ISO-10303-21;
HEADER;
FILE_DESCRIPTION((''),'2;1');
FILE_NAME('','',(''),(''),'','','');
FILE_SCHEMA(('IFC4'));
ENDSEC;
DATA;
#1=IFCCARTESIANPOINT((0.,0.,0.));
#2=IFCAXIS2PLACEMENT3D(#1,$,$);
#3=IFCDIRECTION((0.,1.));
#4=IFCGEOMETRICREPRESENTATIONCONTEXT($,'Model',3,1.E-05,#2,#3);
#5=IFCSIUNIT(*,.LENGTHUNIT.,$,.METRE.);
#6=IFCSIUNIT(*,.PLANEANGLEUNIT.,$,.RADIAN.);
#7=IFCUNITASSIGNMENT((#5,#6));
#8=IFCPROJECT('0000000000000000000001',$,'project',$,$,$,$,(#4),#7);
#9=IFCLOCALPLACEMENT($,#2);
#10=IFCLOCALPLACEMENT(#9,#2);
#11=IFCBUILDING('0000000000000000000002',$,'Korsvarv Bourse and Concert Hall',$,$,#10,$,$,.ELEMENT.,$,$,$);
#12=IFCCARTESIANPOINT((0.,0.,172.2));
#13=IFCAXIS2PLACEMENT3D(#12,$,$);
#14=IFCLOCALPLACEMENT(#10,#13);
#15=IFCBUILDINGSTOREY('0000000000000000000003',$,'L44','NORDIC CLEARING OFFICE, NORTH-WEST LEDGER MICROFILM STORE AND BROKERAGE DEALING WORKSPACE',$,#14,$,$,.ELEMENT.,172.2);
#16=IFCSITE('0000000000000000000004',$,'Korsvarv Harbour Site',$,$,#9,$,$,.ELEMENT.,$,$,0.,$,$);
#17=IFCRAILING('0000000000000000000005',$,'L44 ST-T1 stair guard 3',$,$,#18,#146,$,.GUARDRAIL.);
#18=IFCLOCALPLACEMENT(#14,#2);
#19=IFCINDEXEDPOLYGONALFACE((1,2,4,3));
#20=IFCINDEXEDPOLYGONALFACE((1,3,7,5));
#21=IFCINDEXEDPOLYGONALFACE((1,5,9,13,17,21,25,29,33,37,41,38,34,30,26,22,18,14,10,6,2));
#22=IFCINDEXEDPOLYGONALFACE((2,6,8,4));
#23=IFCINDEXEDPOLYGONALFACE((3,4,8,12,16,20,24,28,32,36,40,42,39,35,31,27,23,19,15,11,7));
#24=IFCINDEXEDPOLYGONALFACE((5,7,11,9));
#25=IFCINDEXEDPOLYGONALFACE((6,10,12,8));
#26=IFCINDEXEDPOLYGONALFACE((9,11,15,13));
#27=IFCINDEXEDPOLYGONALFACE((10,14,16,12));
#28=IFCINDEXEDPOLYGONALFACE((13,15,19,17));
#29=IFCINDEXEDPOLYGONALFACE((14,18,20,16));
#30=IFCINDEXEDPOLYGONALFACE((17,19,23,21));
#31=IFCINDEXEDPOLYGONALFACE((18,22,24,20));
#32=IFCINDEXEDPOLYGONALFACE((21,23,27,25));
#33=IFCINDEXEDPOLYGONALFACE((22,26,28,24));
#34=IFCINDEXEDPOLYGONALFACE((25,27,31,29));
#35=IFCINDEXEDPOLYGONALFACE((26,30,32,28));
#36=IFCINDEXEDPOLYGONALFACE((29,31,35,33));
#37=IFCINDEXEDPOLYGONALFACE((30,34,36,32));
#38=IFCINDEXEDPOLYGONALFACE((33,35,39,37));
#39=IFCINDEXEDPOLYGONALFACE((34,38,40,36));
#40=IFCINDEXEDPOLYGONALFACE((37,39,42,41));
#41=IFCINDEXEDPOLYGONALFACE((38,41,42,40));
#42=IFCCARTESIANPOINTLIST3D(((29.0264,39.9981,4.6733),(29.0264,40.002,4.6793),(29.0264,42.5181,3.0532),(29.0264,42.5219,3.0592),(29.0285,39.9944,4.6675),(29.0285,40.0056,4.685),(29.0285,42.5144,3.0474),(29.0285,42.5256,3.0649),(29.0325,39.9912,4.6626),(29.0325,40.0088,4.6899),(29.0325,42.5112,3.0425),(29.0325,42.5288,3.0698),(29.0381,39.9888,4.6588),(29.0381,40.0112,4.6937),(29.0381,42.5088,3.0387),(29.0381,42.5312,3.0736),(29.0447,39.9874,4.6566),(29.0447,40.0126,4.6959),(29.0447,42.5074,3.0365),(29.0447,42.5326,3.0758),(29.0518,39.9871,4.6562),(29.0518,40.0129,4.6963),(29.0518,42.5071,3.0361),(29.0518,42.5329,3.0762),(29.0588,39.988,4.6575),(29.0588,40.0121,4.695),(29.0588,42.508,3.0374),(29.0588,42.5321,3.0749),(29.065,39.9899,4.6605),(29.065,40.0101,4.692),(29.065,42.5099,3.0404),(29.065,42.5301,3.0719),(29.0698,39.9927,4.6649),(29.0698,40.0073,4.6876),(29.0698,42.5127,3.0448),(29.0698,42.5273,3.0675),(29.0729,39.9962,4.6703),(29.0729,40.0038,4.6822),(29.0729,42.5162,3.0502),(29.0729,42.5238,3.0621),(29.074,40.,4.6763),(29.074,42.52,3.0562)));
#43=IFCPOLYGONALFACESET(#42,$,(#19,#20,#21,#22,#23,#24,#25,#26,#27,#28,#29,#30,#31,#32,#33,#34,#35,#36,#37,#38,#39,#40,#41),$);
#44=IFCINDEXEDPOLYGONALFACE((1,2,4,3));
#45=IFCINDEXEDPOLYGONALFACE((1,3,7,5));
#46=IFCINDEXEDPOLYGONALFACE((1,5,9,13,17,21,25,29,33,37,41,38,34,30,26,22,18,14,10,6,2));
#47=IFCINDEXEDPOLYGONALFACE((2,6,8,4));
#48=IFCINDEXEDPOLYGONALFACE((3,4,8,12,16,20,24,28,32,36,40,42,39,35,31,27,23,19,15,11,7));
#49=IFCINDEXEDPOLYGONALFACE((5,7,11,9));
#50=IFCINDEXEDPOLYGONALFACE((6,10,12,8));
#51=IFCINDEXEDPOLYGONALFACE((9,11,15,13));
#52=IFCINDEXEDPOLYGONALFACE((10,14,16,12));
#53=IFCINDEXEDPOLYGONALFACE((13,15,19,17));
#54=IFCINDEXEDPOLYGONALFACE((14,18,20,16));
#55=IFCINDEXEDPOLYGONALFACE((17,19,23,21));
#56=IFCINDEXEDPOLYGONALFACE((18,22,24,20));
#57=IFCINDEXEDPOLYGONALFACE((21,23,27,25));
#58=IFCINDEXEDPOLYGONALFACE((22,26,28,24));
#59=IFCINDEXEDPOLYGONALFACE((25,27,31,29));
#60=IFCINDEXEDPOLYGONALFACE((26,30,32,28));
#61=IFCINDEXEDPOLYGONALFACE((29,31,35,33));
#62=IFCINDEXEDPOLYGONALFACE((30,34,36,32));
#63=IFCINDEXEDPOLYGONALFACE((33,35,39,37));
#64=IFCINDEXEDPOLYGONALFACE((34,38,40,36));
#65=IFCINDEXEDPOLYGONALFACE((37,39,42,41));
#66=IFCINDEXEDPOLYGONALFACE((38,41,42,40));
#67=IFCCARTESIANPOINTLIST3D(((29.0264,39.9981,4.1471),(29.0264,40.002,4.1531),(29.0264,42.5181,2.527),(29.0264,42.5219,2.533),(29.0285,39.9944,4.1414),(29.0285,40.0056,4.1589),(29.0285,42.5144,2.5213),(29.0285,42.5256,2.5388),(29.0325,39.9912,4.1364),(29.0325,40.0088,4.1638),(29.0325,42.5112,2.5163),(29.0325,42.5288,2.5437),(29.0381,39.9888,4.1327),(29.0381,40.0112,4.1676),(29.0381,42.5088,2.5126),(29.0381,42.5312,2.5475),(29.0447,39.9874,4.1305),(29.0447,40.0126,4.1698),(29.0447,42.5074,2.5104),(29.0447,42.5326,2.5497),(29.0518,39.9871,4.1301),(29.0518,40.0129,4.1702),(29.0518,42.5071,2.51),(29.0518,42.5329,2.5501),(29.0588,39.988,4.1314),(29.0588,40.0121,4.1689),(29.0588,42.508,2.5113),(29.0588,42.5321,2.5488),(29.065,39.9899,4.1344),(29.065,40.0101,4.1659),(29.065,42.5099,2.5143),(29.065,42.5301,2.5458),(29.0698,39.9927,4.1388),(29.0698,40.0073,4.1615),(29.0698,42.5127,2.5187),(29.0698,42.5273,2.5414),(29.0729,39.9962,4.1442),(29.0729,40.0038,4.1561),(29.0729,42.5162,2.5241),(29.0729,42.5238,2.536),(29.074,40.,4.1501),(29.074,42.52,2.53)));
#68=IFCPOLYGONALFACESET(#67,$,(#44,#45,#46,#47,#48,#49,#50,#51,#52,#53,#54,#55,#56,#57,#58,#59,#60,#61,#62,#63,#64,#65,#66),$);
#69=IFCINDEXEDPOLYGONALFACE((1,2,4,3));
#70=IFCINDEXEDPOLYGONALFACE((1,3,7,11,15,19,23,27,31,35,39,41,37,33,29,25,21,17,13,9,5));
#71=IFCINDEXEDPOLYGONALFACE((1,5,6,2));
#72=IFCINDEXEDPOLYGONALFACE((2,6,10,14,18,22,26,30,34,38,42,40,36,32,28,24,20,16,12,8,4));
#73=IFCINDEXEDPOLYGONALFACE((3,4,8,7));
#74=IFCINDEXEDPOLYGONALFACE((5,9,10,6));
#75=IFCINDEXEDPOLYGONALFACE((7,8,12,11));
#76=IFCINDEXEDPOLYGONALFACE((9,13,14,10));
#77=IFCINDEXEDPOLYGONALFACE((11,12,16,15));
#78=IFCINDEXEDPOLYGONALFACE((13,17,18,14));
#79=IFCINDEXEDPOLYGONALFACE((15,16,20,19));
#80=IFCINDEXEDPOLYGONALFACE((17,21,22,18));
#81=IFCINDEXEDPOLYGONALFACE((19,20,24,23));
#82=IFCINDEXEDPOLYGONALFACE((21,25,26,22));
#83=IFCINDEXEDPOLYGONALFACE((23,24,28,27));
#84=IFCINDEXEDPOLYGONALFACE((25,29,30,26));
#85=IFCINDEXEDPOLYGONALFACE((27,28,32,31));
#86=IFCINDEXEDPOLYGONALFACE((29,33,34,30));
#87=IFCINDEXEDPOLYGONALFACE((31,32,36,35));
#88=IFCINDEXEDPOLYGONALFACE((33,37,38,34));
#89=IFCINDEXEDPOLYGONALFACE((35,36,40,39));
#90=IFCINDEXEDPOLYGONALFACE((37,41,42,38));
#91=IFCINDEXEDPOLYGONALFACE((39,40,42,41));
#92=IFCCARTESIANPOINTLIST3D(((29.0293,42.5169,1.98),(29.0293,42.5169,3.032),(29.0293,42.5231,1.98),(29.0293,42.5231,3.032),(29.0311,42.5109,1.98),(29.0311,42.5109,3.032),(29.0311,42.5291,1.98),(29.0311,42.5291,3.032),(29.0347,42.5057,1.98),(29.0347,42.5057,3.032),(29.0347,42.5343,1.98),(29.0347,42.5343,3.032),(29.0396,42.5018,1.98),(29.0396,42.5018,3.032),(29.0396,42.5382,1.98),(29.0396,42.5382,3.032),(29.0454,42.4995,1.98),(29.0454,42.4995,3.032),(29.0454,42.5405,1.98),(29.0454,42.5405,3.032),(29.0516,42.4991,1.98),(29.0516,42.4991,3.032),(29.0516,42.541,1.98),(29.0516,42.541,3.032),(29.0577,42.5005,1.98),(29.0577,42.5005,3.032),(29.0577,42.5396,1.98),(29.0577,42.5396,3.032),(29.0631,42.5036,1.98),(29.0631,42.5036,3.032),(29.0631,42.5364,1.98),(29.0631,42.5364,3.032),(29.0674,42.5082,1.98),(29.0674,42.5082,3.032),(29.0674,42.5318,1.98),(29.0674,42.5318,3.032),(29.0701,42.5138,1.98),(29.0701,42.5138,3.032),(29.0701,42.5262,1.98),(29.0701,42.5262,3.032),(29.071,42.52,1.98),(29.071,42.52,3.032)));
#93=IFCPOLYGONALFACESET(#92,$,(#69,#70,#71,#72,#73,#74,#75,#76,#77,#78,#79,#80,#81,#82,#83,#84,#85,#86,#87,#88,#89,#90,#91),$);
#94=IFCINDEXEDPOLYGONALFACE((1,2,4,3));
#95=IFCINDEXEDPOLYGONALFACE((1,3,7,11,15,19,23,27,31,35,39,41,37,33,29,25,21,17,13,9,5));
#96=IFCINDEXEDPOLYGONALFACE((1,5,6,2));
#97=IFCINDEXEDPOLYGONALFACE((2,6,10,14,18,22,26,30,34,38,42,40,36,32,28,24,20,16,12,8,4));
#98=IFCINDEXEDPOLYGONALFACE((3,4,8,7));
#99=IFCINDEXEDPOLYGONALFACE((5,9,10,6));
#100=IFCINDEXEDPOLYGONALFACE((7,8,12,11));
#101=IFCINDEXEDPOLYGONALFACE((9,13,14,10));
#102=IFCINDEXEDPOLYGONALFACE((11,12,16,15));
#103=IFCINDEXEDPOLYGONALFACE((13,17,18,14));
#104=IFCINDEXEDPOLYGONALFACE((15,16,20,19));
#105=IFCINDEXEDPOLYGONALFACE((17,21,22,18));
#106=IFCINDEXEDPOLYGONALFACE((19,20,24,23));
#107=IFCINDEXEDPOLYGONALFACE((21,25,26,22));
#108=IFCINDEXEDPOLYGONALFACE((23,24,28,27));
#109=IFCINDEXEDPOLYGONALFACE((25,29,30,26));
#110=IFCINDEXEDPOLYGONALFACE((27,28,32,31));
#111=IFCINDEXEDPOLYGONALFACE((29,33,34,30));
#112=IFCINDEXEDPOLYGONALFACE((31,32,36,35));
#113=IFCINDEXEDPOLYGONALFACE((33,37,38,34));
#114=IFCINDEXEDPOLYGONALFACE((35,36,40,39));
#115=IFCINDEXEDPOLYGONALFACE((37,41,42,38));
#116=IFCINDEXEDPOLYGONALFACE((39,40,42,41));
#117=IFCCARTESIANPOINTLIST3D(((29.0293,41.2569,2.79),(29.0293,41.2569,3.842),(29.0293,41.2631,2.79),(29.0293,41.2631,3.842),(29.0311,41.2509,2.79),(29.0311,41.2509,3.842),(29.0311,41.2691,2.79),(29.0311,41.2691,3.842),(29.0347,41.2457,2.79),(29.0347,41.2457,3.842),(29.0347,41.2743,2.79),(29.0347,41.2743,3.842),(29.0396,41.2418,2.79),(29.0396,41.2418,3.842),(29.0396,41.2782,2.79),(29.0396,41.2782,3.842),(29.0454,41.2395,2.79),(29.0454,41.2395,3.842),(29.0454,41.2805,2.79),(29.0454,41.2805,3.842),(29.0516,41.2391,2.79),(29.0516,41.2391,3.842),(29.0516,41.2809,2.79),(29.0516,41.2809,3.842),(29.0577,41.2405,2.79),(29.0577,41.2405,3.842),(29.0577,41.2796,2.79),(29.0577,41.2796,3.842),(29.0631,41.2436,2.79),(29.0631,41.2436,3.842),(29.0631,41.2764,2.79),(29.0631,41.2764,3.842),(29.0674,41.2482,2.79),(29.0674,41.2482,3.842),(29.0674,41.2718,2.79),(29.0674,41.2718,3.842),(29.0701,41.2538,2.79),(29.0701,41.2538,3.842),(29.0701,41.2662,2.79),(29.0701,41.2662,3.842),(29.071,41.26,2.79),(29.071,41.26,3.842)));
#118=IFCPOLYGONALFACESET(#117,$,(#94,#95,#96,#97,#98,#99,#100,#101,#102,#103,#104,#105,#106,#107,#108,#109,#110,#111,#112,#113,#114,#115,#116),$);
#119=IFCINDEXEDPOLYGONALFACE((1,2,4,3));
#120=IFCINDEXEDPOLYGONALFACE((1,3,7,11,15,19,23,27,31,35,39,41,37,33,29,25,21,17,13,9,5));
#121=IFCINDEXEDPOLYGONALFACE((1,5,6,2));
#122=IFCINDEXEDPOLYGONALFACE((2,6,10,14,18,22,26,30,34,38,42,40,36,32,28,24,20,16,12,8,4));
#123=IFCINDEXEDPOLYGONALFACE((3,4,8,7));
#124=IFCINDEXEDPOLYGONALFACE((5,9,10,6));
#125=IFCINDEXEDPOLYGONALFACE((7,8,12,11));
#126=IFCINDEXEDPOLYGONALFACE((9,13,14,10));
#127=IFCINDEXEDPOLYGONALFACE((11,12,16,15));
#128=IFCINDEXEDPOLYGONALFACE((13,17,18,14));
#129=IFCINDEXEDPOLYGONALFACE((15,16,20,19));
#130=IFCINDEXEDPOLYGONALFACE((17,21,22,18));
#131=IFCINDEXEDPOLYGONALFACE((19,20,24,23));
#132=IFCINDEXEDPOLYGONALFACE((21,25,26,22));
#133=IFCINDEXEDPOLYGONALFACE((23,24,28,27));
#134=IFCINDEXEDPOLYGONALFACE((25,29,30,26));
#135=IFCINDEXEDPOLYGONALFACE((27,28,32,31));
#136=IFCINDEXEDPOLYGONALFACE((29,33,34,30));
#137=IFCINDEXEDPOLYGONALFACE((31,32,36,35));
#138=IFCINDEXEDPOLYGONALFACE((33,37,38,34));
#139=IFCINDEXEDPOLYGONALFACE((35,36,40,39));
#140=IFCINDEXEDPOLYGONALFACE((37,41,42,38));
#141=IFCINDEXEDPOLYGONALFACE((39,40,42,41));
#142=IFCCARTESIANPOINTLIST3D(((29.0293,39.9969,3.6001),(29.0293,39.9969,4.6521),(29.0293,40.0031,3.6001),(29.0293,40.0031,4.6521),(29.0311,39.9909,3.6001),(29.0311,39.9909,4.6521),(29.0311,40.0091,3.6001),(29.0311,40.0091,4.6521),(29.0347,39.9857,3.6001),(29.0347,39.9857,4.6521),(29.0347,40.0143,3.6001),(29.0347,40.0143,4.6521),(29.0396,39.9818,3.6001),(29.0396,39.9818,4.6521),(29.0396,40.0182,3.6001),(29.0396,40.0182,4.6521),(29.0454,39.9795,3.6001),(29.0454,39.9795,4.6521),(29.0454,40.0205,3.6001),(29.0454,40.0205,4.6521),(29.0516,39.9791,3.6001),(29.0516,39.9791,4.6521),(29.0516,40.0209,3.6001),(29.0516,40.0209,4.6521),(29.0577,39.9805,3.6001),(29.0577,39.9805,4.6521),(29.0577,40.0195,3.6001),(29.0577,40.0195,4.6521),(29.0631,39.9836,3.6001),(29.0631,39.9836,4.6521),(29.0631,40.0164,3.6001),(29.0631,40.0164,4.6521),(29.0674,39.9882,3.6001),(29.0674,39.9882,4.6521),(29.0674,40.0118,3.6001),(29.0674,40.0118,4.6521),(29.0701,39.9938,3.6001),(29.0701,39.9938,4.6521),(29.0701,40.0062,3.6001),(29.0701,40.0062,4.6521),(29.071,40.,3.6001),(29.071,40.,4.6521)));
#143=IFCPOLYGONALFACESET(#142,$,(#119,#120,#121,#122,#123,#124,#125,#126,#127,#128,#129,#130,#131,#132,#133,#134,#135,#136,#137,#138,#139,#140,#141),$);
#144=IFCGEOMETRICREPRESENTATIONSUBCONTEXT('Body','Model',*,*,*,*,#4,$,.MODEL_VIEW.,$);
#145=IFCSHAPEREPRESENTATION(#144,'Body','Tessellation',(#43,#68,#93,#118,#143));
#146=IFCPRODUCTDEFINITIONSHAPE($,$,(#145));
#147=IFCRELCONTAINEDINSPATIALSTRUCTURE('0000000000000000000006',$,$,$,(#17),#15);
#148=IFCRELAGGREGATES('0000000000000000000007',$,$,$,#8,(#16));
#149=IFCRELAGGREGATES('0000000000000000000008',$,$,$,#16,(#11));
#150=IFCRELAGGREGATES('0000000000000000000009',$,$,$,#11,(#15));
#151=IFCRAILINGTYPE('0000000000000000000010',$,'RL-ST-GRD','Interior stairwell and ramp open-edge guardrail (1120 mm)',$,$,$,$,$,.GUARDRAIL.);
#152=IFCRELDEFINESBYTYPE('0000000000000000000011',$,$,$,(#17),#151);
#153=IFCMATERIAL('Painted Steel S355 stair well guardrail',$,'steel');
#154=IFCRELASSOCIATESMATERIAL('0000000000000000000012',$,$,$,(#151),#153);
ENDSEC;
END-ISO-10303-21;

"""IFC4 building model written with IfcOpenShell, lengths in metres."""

from ifc_helpers import new_model, si_unit, direction, frame, origin, origin_2d, place, context, subcontext, project, spatial, circle, extrude, material, type_object, element, save


model = new_model("IFC4")

# Units and contexts
model_context = context("Model", 3, precision=1e-05, world=origin(), true_north=direction((0.0, 1.0)))
body_context = subcontext(model_context, "Body", "Model", "MODEL_VIEW")
ifc_project = project(units=[si_unit("LENGTHUNIT", "METRE"), si_unit("PLANEANGLEUNIT", "RADIAN")], contexts=[model_context])

# Site, building, storey
site_placement = place(None, origin())
site = spatial("IfcSite", under=ifc_project, at=site_placement, Name="Korsvarv Harbour Site", CompositionType="ELEMENT", RefElevation=0.0)
building_placement = place(site_placement, origin())
building = spatial("IfcBuilding", under=site, at=building_placement, Name="Korsvarv Bourse and Concert Hall", CompositionType="ELEMENT")
storey_placement = place(building_placement, frame((0.0, 0.0, 172.2)))
storey = spatial("IfcBuildingStorey", under=building, at=storey_placement, Name="L44", Description="NORDIC CLEARING OFFICE, NORTH-WEST LEDGER MICROFILM STORE AND BROKERAGE DEALING WORKSPACE", CompositionType="ELEMENT", Elevation=172.2)

# Railing
ifc_material_1 = material(Name="Painted Steel S355 stair well guardrail", Category="steel")
railing_type_1 = type_object("IfcRailingType", Name="RL-ST-GRD", Description="Interior stairwell and ramp open-edge guardrail (1120 mm)", PredefinedType="GUARDRAIL", material=ifc_material_1)
railing_1_placement = place(storey_placement, frame((29.05, 42.52, 1.98)))
element("IfcRailing", 1, at=railing_1_placement, inside=storey, type_object=railing_type_1, Name="L44 ST-T1 stair guard 3", PredefinedType="GUARDRAIL", context=body_context, shape_type="SweptSolid", body=[
    extrude(circle(Radius=0.0239, at=origin_2d()), frame((0.0, 0.0, 1.0762), z_axis=(0.0, -0.841163, 0.540782), x_axis=(1.0, 0.0, 0.0)), (0.0, 0.0, 1.0), 2.9958),
    extrude(circle(Radius=0.0239, at=origin_2d()), frame((0.0, 0.0, 0.55), z_axis=(0.0, -0.841163, 0.540782), x_axis=(1.0, 0.0, 0.0)), (0.0, 0.0, 1.0), 2.9958),
    extrude(circle(Radius=0.021, at=origin_2d()), origin(), (0.0, 0.0, 1.0), 1.052),
    extrude(circle(Radius=0.021, at=origin_2d()), frame((0.0, -1.26, 0.8101)), (0.0, 0.0, 1.0), 1.052),
    extrude(circle(Radius=0.021, at=origin_2d()), frame((0.0, -2.52, 1.6201)), (0.0, 0.0, 1.0), 1.052),
])

save(model, "model.ifc")
